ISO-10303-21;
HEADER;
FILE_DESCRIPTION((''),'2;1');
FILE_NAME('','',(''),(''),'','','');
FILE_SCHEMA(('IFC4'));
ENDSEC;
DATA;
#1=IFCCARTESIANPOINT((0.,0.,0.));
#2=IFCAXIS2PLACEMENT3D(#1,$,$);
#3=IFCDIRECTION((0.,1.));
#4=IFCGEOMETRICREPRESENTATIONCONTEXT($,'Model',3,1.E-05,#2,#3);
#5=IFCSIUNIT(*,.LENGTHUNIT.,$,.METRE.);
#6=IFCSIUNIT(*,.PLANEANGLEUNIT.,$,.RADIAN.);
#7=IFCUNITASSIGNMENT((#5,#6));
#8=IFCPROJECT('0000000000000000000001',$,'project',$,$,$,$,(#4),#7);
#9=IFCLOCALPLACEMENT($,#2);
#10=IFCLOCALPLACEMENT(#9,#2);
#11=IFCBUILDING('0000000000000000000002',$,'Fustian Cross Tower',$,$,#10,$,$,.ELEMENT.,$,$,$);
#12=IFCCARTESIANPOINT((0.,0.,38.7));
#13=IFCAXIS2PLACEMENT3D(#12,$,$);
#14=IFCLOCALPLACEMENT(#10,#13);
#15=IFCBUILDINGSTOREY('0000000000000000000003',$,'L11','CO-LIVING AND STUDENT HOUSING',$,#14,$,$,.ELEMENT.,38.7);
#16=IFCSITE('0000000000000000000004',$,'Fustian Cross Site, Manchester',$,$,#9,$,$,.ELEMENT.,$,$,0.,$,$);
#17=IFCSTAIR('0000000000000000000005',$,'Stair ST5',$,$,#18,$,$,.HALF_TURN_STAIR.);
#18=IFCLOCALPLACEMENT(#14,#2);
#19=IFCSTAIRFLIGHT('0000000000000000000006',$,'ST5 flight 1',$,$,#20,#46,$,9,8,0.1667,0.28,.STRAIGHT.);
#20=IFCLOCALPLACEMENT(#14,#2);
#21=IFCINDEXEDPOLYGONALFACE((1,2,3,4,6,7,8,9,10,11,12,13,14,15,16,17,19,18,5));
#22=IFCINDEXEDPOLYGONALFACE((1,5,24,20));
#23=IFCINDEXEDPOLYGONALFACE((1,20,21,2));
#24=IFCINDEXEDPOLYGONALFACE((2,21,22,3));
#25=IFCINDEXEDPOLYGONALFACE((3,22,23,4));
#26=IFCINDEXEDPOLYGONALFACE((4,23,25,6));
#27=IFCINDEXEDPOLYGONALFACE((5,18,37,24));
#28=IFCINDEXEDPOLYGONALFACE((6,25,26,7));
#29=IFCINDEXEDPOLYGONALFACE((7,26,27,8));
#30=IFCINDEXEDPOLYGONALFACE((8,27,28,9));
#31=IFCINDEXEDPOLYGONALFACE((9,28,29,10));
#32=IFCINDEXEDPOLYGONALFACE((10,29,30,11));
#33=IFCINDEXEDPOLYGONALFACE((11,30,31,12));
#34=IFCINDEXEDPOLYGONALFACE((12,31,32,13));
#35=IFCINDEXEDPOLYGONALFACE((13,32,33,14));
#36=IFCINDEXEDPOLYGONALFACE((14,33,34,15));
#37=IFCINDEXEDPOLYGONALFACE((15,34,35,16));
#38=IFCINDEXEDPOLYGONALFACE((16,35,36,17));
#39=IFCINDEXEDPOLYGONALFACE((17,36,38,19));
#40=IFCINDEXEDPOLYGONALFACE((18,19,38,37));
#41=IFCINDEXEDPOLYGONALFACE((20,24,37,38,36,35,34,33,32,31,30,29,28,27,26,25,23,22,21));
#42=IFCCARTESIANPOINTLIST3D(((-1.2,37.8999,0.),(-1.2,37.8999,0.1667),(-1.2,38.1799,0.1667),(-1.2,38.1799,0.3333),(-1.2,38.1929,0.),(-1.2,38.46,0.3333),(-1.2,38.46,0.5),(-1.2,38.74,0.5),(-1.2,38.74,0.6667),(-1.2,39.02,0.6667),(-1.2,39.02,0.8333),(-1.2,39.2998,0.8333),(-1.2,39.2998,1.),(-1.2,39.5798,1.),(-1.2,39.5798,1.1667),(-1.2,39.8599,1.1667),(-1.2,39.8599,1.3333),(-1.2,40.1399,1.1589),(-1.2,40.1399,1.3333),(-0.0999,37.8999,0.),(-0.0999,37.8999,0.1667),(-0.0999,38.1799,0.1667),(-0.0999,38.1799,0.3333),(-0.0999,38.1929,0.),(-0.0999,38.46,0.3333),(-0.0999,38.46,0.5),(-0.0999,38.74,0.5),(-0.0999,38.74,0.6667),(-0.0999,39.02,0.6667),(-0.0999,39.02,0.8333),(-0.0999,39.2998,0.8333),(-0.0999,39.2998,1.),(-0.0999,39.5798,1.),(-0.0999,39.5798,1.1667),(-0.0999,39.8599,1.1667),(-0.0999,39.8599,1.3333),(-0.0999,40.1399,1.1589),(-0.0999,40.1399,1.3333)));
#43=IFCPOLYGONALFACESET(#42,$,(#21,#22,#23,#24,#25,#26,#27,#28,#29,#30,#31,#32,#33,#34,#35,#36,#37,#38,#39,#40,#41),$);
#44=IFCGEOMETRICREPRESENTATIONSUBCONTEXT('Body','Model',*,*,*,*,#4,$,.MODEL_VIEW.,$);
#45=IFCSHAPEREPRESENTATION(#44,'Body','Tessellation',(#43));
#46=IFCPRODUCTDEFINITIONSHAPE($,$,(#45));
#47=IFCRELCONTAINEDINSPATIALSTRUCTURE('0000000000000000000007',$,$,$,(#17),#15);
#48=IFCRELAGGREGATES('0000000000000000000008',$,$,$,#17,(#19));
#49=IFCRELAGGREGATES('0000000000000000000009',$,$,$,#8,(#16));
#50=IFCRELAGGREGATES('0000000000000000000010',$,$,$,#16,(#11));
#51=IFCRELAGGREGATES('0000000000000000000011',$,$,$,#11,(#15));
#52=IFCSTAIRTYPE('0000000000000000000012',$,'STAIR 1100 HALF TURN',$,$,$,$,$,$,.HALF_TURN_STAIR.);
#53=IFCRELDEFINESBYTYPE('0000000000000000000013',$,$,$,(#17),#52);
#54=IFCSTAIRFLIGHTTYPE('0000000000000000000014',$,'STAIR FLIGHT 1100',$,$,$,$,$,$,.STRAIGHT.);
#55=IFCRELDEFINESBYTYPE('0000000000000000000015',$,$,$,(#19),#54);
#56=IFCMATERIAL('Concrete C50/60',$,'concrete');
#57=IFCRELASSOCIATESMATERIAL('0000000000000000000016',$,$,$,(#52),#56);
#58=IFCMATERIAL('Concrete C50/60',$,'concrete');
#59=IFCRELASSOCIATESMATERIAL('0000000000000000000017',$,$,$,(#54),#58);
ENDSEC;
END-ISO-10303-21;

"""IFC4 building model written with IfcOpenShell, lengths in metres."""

from ifc_helpers import new_model, si_unit, direction, frame, origin, place, context, subcontext, project, spatial, polyline, outline, extrude, material, type_object, element, aggregate, save


model = new_model("IFC4")

# Units and contexts
model_context = context("Model", 3, precision=1e-05, world=origin(), true_north=direction((0.0, 1.0)))
body_context = subcontext(model_context, "Body", "Model", "MODEL_VIEW")
ifc_project = project(units=[si_unit("LENGTHUNIT", "METRE"), si_unit("PLANEANGLEUNIT", "RADIAN")], contexts=[model_context])

# Site, building, storey
site_placement = place(None, origin())
site = spatial("IfcSite", under=ifc_project, at=site_placement, Name="Fustian Cross Site, Manchester", CompositionType="ELEMENT", RefElevation=0.0)
building_placement = place(site_placement, origin())
building = spatial("IfcBuilding", under=site, at=building_placement, Name="Fustian Cross Tower", CompositionType="ELEMENT")
storey_placement = place(building_placement, frame((0.0, 0.0, 38.7)))
storey = spatial("IfcBuildingStorey", under=building, at=storey_placement, Name="L11", Description="CO-LIVING AND STUDENT HOUSING", CompositionType="ELEMENT", Elevation=38.7)

# Stair, stair flight
ifc_material_1 = material(Name="Concrete C50/60", Category="concrete")
stair_type = type_object("IfcStairType", Name="STAIR 1100 HALF TURN", PredefinedType="HALF_TURN_STAIR", material=ifc_material_1)
stair_placement = place(storey_placement, origin())
stair = element("IfcStair", 1, at=stair_placement, inside=storey, type_object=stair_type, Name="Stair ST5", PredefinedType="HALF_TURN_STAIR")
ifc_material_2 = material(Name="Concrete C50/60", Category="concrete")
stair_flight_type = type_object("IfcStairFlightType", Name="STAIR FLIGHT 1100", PredefinedType="STRAIGHT", material=ifc_material_2)
stair_flight_placement = place(storey_placement, frame((-0.6499, 37.8999, 0.0), z_axis=(0.0, 0.0, 1.0), x_axis=(0.0, 1.0, 0.0)))
stair_flight = element("IfcStairFlight", 2, at=stair_flight_placement, type_object=stair_flight_type, Name="ST5 flight 1", NumberOfRisers=9, NumberOfTreads=8, PredefinedType="STRAIGHT", RiserHeight=0.1667, TreadLength=0.28, context=body_context, shape_type="SweptSolid", body=[
    extrude(outline(polyline([(0.0, 0.0), (0.0, 0.1667), (0.28, 0.1667), (0.28, 0.3333), (0.5601, 0.3333), (0.5601, 0.5), (0.8401, 0.5), (0.8401, 0.6667), (1.1201, 0.6667), (1.1201, 0.8333), (1.3999, 0.8333), (1.3999, 1.0), (1.6799, 1.0), (1.6799, 1.1667), (1.96, 1.1667), (1.96, 1.3333), (2.24, 1.3333), (2.24, 1.5), (2.24, 1.1589), (0.293, 0.0), (0.0, 0.0)])), frame((0.0, 0.55, 0.0), z_axis=(0.0, -1.0, 0.0), x_axis=(1.0, 0.0, 0.0)), (0.0, 0.0, 1.0), 1.1001),
])
aggregate(stair, [stair_flight])

save(model, "model.ifc")
